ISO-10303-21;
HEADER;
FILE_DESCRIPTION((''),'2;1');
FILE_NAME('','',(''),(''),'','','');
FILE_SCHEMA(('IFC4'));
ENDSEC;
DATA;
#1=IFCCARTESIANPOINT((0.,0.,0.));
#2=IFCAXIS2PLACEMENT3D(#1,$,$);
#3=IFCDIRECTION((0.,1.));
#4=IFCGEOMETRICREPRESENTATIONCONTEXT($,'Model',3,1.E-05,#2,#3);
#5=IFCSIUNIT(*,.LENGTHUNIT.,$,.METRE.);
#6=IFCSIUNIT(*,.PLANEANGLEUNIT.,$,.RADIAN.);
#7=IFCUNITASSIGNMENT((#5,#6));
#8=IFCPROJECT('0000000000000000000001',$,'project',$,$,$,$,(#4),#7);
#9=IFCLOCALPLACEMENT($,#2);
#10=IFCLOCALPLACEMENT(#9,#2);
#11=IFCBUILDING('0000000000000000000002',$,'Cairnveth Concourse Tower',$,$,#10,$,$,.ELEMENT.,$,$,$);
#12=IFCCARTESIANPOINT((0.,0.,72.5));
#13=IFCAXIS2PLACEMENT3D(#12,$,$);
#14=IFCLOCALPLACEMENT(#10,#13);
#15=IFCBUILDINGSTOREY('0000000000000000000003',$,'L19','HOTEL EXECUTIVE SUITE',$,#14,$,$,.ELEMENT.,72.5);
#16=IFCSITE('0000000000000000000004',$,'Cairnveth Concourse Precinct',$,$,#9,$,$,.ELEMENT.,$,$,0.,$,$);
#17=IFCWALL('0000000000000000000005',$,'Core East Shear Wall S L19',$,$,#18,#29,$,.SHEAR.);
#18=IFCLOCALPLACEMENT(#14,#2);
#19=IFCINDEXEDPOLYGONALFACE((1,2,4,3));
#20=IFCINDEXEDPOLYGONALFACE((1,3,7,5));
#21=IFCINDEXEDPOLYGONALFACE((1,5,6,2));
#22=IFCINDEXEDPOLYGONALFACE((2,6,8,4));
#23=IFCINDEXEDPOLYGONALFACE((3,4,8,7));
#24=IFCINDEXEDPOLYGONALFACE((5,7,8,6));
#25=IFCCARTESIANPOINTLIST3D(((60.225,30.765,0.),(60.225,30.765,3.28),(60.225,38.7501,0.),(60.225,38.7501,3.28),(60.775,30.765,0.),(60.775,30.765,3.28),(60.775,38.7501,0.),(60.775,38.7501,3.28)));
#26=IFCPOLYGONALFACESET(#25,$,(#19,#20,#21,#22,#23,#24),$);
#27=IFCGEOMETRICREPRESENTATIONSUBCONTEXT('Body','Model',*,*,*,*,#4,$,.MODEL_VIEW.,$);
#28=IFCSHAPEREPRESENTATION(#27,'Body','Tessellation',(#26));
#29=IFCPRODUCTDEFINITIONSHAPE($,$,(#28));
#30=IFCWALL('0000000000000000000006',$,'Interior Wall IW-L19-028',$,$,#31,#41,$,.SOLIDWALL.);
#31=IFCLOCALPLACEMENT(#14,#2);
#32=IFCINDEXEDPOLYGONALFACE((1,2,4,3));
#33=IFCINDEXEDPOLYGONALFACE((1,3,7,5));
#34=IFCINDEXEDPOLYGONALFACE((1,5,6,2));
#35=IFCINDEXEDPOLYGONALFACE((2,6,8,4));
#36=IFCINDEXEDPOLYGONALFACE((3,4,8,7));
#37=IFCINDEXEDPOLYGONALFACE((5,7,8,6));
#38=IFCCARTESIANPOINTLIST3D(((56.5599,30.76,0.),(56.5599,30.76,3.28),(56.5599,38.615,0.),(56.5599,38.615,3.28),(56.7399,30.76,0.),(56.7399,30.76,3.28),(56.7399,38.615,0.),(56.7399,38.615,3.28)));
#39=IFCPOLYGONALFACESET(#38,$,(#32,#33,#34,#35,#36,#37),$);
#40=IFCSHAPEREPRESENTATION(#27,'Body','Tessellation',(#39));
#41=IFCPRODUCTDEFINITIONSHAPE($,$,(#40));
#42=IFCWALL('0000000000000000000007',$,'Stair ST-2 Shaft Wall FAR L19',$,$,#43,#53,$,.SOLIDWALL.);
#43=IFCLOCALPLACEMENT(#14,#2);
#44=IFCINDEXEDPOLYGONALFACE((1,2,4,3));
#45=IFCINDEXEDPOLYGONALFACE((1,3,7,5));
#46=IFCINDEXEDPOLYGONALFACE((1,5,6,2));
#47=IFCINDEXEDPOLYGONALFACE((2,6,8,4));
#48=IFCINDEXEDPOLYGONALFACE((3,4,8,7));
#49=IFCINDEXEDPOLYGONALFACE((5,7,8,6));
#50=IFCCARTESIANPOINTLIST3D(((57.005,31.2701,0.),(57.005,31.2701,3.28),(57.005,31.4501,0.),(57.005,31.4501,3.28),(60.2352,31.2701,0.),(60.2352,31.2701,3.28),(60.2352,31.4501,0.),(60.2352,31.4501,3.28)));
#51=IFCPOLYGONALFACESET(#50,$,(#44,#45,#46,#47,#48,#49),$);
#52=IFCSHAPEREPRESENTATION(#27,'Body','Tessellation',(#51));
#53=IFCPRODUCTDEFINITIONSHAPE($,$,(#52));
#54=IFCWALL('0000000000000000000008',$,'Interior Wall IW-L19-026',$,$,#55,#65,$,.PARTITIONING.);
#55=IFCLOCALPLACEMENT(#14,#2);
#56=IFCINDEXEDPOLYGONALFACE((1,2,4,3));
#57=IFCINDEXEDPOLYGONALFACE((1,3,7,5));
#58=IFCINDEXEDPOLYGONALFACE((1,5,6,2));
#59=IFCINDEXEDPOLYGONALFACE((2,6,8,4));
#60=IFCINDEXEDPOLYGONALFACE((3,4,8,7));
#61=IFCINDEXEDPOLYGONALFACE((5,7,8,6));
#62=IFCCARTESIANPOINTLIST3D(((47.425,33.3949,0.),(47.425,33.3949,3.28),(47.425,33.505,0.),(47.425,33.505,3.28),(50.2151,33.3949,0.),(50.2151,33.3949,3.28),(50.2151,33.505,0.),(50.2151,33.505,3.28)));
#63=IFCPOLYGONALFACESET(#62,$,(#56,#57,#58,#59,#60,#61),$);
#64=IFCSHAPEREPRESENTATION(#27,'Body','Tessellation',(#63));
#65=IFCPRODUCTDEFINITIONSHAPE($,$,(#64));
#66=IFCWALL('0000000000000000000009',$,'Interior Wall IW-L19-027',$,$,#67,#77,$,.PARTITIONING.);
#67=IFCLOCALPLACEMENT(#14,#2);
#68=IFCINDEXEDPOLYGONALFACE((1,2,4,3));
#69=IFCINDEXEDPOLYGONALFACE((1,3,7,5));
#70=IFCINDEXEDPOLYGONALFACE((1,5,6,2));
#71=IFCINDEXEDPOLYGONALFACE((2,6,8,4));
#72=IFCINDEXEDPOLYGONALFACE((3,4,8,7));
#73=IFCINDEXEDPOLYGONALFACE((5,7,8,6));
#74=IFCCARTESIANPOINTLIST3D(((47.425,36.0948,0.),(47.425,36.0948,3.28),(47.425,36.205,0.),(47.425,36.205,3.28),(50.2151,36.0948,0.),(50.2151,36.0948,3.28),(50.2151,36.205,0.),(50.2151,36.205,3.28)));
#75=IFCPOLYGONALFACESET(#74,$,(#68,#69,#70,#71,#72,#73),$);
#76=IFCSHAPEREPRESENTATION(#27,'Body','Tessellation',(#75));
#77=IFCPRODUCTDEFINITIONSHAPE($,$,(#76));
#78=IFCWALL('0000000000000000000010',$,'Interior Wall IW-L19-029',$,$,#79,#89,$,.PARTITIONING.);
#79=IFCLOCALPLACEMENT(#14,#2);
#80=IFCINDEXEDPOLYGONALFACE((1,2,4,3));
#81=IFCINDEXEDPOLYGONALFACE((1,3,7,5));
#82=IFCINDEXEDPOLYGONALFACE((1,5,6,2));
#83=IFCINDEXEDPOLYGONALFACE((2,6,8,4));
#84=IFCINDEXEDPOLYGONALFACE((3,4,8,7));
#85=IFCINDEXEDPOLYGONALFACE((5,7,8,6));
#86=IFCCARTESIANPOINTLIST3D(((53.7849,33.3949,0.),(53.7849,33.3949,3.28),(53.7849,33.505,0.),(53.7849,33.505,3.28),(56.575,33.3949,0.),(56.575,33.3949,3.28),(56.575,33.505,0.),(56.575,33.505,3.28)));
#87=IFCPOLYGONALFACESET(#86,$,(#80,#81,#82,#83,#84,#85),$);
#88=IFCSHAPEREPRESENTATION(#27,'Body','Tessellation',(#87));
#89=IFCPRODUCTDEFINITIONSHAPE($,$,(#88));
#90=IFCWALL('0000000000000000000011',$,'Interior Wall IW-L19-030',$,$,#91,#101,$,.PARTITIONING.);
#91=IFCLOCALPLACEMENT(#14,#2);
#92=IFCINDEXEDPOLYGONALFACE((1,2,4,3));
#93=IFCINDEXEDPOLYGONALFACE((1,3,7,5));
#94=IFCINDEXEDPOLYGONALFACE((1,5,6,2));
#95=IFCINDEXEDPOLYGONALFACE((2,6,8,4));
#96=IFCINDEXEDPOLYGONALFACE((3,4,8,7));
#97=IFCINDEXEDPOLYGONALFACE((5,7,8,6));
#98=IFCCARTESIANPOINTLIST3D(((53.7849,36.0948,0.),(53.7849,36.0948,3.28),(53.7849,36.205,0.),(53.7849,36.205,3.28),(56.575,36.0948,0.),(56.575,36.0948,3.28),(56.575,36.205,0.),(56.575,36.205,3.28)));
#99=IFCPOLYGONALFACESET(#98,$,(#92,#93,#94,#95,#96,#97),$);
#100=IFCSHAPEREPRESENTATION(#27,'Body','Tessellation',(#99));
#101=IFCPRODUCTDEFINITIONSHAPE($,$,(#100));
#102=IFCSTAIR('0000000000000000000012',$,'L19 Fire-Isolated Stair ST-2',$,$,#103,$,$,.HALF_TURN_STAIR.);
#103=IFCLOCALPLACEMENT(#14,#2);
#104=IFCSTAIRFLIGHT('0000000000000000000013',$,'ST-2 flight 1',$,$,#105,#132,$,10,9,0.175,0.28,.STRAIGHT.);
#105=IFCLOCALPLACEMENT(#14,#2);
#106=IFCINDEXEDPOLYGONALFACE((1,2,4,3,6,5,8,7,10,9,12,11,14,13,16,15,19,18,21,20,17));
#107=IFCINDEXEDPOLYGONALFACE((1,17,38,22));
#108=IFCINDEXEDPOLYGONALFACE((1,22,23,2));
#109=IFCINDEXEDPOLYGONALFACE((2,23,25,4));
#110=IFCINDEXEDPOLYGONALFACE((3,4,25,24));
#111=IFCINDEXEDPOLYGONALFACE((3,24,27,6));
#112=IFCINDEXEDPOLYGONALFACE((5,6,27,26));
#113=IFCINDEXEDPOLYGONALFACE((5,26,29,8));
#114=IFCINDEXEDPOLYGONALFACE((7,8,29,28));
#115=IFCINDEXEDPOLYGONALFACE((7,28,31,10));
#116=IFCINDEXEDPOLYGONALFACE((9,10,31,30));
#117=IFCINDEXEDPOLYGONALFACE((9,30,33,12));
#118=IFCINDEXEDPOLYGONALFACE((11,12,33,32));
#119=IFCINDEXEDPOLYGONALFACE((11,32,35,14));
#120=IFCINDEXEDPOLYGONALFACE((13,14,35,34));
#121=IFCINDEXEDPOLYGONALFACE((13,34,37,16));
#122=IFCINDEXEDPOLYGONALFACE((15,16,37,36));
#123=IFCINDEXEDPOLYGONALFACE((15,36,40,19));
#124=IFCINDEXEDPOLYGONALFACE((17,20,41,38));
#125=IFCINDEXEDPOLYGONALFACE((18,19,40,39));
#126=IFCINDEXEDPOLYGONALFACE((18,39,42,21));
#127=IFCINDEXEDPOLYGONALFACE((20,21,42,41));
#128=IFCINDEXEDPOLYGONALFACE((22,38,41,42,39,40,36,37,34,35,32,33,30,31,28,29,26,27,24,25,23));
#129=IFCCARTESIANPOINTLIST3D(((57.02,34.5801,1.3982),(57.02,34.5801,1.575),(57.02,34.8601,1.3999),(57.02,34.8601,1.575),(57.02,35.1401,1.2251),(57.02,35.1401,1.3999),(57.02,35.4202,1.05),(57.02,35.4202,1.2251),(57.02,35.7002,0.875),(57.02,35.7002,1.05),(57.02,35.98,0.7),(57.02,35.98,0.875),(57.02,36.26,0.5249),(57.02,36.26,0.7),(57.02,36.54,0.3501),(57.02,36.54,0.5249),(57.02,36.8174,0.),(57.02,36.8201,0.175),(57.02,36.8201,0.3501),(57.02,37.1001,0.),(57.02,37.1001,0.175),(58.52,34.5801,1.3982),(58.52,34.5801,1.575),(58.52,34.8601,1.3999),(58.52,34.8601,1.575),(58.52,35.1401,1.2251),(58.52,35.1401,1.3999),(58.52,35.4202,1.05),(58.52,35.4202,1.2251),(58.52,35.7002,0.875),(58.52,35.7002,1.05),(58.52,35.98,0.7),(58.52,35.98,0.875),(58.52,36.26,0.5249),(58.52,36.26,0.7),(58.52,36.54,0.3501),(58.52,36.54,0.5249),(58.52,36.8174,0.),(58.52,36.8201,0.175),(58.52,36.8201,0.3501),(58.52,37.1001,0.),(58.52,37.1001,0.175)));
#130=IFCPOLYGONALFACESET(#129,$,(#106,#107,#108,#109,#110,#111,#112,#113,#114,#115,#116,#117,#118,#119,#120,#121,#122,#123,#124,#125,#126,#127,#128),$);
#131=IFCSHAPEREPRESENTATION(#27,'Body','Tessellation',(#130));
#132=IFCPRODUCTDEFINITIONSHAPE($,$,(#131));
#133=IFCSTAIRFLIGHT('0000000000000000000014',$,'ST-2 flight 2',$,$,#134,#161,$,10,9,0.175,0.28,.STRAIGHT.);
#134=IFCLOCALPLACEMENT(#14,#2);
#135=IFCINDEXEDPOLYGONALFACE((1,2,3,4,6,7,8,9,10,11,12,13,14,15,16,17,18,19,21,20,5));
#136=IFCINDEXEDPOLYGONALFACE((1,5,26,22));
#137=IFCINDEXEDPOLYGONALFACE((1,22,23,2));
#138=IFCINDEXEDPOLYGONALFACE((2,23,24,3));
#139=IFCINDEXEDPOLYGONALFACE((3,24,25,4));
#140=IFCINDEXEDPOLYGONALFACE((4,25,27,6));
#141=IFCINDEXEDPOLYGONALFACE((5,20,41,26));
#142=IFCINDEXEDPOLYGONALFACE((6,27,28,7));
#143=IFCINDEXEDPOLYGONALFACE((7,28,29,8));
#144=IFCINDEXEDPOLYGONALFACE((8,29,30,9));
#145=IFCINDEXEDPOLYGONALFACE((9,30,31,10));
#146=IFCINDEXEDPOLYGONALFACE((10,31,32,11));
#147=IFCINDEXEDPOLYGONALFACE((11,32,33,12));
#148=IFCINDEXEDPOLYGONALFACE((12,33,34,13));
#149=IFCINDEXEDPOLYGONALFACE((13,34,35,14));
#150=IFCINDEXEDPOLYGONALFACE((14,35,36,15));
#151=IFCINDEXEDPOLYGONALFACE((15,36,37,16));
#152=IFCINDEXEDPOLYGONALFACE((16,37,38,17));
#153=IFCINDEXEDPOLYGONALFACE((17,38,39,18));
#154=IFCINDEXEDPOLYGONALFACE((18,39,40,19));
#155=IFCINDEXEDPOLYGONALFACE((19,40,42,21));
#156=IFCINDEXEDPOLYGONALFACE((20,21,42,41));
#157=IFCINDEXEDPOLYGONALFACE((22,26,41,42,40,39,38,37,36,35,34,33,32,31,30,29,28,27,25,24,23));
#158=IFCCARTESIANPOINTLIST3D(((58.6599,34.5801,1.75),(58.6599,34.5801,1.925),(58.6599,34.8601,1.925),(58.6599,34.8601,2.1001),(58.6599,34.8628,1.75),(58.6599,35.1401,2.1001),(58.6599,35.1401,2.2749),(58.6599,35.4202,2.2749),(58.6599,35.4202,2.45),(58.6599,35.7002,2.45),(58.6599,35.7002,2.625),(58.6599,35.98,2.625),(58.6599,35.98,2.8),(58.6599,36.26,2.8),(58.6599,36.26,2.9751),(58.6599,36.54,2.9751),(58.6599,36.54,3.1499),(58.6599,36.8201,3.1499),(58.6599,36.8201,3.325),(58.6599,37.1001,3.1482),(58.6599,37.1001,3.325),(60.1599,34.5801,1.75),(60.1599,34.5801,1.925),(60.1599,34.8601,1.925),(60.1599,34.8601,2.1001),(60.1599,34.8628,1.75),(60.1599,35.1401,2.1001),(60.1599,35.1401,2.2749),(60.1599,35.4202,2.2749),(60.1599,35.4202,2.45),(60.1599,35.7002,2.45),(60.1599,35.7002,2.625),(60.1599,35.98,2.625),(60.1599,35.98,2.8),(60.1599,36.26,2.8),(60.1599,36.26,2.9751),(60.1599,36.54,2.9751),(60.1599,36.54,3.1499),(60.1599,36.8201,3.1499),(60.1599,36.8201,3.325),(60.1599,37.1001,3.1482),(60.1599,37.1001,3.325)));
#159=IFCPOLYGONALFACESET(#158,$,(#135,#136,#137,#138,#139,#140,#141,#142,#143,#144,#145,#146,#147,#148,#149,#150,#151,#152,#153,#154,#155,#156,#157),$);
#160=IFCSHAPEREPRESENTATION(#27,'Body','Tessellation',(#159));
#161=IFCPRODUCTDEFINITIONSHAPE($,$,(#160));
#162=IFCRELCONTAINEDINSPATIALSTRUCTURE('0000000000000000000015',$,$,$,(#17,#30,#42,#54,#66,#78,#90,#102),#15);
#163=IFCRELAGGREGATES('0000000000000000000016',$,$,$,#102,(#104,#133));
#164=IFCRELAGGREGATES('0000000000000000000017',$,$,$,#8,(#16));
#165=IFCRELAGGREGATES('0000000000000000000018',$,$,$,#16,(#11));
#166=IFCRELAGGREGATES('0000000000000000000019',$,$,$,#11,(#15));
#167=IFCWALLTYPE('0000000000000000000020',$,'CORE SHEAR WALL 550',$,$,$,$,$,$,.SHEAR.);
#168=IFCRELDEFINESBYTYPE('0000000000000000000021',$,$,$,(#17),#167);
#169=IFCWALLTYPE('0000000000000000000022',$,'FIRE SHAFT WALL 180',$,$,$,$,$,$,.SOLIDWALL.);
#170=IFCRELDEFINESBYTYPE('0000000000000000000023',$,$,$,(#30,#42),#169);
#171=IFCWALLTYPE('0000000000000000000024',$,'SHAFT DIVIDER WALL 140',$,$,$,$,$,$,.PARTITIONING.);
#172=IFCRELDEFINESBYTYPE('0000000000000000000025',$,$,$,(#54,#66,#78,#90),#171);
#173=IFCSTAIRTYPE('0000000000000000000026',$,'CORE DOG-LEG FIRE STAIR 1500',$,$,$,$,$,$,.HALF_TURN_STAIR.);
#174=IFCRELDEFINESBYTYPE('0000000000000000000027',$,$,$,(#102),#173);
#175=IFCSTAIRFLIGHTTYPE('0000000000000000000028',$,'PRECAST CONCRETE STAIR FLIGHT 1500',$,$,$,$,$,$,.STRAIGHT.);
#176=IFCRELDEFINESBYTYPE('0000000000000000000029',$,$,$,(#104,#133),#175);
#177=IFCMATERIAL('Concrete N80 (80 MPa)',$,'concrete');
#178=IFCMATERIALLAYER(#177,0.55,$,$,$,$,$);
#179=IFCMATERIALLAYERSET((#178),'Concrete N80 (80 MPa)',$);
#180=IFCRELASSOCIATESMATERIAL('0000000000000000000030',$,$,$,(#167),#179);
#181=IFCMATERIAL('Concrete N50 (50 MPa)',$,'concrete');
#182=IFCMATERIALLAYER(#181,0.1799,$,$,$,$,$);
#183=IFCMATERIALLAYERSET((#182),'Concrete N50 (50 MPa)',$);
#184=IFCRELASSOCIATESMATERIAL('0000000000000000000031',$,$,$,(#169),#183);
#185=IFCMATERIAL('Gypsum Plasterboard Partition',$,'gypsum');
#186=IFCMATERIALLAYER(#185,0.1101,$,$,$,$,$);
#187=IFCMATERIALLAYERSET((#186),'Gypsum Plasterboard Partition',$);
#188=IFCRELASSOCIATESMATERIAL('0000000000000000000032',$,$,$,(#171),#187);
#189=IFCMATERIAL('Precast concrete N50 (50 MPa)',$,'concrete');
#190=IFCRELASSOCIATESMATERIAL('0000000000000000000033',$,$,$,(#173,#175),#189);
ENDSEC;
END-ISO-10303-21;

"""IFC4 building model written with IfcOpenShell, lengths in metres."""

from ifc_helpers import new_model, si_unit, direction, frame, frame_2d, origin, place, context, subcontext, project, spatial, polyline, rectangle, outline, extrude, material, layer, layer_set, type_object, element, aggregate, save


model = new_model("IFC4")

# Units and contexts
model_context = context("Model", 3, precision=1e-05, world=origin(), true_north=direction((0.0, 1.0)))
body_context = subcontext(model_context, "Body", "Model", "MODEL_VIEW")
ifc_project = project(units=[si_unit("LENGTHUNIT", "METRE"), si_unit("PLANEANGLEUNIT", "RADIAN")], contexts=[model_context])

# Site, building, storey
site_placement = place(None, origin())
site = spatial("IfcSite", under=ifc_project, at=site_placement, Name="Cairnveth Concourse Precinct", CompositionType="ELEMENT", RefElevation=0.0)
building_placement = place(site_placement, origin())
building = spatial("IfcBuilding", under=site, at=building_placement, Name="Cairnveth Concourse Tower", CompositionType="ELEMENT")
storey_placement = place(building_placement, frame((0.0, 0.0, 72.5)))
storey = spatial("IfcBuildingStorey", under=building, at=storey_placement, Name="L19", Description="HOTEL EXECUTIVE SUITE", CompositionType="ELEMENT", Elevation=72.5)

# Walls
ifc_material_1 = material(Name="Concrete N80 (80 MPa)", Category="concrete")
ifc_layer_1 = layer(ifc_material_1, 0.55)
ifc_layer_set_1 = layer_set([ifc_layer_1], Name="Concrete N80 (80 MPa)")
wall_type_1 = type_object("IfcWallType", Name="CORE SHEAR WALL 550", PredefinedType="SHEAR", material=ifc_layer_set_1)
wall_1_placement = place(storey_placement, frame((60.5, 30.7649, 0.0), z_axis=(0.0, 0.0, 1.0), x_axis=(0.0, 1.0, 0.0)))
element("IfcWall", 1, at=wall_1_placement, inside=storey, type_object=wall_type_1, Name="Core East Shear Wall S L19", PredefinedType="SHEAR", context=body_context, shape_type="SweptSolid", body=[
    extrude(rectangle(XDim=7.9851, YDim=0.55, at=frame_2d((3.9927, 0.0))), origin(), (0.0, 0.0, 1.0), 3.28),
])
ifc_material_2 = material(Name="Concrete N50 (50 MPa)", Category="concrete")
ifc_layer_2 = layer(ifc_material_2, 0.1799)
ifc_layer_set_2 = layer_set([ifc_layer_2], Name="Concrete N50 (50 MPa)")
wall_type_2 = type_object("IfcWallType", Name="FIRE SHAFT WALL 180", PredefinedType="SOLIDWALL", material=ifc_layer_set_2)
wall_2_placement = place(storey_placement, frame((56.6499, 30.76, 0.0), z_axis=(0.0, 0.0, 1.0), x_axis=(0.0, 1.0, 0.0)))
element("IfcWall", 2, at=wall_2_placement, inside=storey, type_object=wall_type_2, Name="Interior Wall IW-L19-028", PredefinedType="SOLIDWALL", context=body_context, shape_type="SweptSolid", body=[
    extrude(rectangle(XDim=7.855, YDim=0.1799, at=frame_2d((3.9275, 0.0))), origin(), (0.0, 0.0, 1.0), 3.28),
])

# Walls
wall_3_placement = place(storey_placement, frame((57.0049, 31.3601, 0.0), z_axis=(0.0, 0.0, 1.0), x_axis=(1.0, 0.0, 0.0)))
element("IfcWall", 3, at=wall_3_placement, inside=storey, type_object=wall_type_2, Name="Stair ST-2 Shaft Wall FAR L19", PredefinedType="SOLIDWALL", context=body_context, shape_type="SweptSolid", body=[
    extrude(rectangle(XDim=3.2302, YDim=0.1799, at=frame_2d((1.6152, 0.0))), origin(), (0.0, 0.0, 1.0), 3.28),
])
ifc_material_3 = material(Name="Gypsum Plasterboard Partition", Category="gypsum")
ifc_layer_3 = layer(ifc_material_3, 0.1101)
ifc_layer_set_3 = layer_set([ifc_layer_3], Name="Gypsum Plasterboard Partition")
wall_type_3 = type_object("IfcWallType", Name="SHAFT DIVIDER WALL 140", PredefinedType="PARTITIONING", material=ifc_layer_set_3)
for number, where, z_axis, x_axis, name in (
    (4, (47.425, 33.45, 0.0), (0.0, 0.0, 1.0), (1.0, 0.0, 0.0), "Interior Wall IW-L19-026"),
    (5, (47.425, 36.1499, 0.0), (0.0, 0.0, 1.0), (1.0, 0.0, 0.0), "Interior Wall IW-L19-027"),
    (6, (53.7849, 33.45, 0.0), (0.0, 0.0, 1.0), (1.0, 0.0, 0.0), "Interior Wall IW-L19-029"),
    (7, (53.7849, 36.1499, 0.0), (0.0, 0.0, 1.0), (1.0, 0.0, 0.0), "Interior Wall IW-L19-030"),
):
    element("IfcWall", number, at=place(storey_placement, frame(where, z_axis=z_axis, x_axis=x_axis)), inside=storey, type_object=wall_type_3, Name=name, PredefinedType="PARTITIONING", context=body_context, shape_type="SweptSolid", body=[
        extrude(rectangle(XDim=2.79, YDim=0.1101, at=frame_2d((1.395, 0.0))), origin(), (0.0, 0.0, 1.0), 3.28),
    ])

# Stair, stair flights
ifc_material_4 = material(Name="Precast concrete N50 (50 MPa)", Category="concrete")
stair_type = type_object("IfcStairType", Name="CORE DOG-LEG FIRE STAIR 1500", PredefinedType="HALF_TURN_STAIR", material=ifc_material_4)
stair_placement = place(storey_placement, origin())
stair = element("IfcStair", 8, at=stair_placement, inside=storey, type_object=stair_type, Name="L19 Fire-Isolated Stair ST-2", PredefinedType="HALF_TURN_STAIR")
stair_flight_type = type_object("IfcStairFlightType", Name="PRECAST CONCRETE STAIR FLIGHT 1500", PredefinedType="STRAIGHT", material=ifc_material_4)
stair_flight_1_placement = place(storey_placement, frame((57.77, 37.1001, 0.0), z_axis=(0.0, 0.0, 1.0), x_axis=(0.0, -1.0, 0.0)))
stair_flight_1 = element("IfcStairFlight", 9, at=stair_flight_1_placement, type_object=stair_flight_type, Name="ST-2 flight 1", NumberOfRisers=10, NumberOfTreads=9, PredefinedType="STRAIGHT", RiserHeight=0.175, TreadLength=0.28, context=body_context, shape_type="SweptSolid", body=[
    extrude(outline(polyline([(0.0, 0.0), (0.0, 0.175), (0.28, 0.175), (0.28, 0.3501), (0.5601, 0.3501), (0.5601, 0.5249), (0.8401, 0.5249), (0.8401, 0.7), (1.1201, 0.7), (1.1201, 0.875), (1.3999, 0.875), (1.3999, 1.05), (1.6799, 1.05), (1.6799, 1.2251), (1.96, 1.2251), (1.96, 1.3999), (2.24, 1.3999), (2.24, 1.575), (2.52, 1.575), (2.52, 1.75), (2.52, 1.3982), (0.2827, 0.0), (0.0, 0.0)])), frame((0.0, 0.75, 0.0), z_axis=(0.0, -1.0, 0.0), x_axis=(1.0, 0.0, 0.0)), (0.0, 0.0, 1.0), 1.5),
])
stair_flight_2_placement = place(storey_placement, frame((59.4099, 34.5801, 1.75), z_axis=(0.0, 0.0, 1.0), x_axis=(0.0, 1.0, 0.0)))
stair_flight_2 = element("IfcStairFlight", 10, at=stair_flight_2_placement, type_object=stair_flight_type, Name="ST-2 flight 2", NumberOfRisers=10, NumberOfTreads=9, PredefinedType="STRAIGHT", RiserHeight=0.175, TreadLength=0.28, context=body_context, shape_type="SweptSolid", body=[
    extrude(outline(polyline([(0.0, 0.0), (0.0, 0.175), (0.28, 0.175), (0.28, 0.3501), (0.5601, 0.3501), (0.5601, 0.5249), (0.8401, 0.5249), (0.8401, 0.7), (1.1201, 0.7), (1.1201, 0.875), (1.3999, 0.875), (1.3999, 1.05), (1.6799, 1.05), (1.6799, 1.2251), (1.96, 1.2251), (1.96, 1.3999), (2.24, 1.3999), (2.24, 1.575), (2.52, 1.575), (2.52, 1.75), (2.52, 1.3982), (0.2827, 0.0), (0.0, 0.0)])), frame((0.0, 0.75, 0.0), z_axis=(0.0, -1.0, 0.0), x_axis=(1.0, 0.0, 0.0)), (0.0, 0.0, 1.0), 1.5),
])
aggregate(stair, [stair_flight_1, stair_flight_2])

save(model, "model.ifc")
